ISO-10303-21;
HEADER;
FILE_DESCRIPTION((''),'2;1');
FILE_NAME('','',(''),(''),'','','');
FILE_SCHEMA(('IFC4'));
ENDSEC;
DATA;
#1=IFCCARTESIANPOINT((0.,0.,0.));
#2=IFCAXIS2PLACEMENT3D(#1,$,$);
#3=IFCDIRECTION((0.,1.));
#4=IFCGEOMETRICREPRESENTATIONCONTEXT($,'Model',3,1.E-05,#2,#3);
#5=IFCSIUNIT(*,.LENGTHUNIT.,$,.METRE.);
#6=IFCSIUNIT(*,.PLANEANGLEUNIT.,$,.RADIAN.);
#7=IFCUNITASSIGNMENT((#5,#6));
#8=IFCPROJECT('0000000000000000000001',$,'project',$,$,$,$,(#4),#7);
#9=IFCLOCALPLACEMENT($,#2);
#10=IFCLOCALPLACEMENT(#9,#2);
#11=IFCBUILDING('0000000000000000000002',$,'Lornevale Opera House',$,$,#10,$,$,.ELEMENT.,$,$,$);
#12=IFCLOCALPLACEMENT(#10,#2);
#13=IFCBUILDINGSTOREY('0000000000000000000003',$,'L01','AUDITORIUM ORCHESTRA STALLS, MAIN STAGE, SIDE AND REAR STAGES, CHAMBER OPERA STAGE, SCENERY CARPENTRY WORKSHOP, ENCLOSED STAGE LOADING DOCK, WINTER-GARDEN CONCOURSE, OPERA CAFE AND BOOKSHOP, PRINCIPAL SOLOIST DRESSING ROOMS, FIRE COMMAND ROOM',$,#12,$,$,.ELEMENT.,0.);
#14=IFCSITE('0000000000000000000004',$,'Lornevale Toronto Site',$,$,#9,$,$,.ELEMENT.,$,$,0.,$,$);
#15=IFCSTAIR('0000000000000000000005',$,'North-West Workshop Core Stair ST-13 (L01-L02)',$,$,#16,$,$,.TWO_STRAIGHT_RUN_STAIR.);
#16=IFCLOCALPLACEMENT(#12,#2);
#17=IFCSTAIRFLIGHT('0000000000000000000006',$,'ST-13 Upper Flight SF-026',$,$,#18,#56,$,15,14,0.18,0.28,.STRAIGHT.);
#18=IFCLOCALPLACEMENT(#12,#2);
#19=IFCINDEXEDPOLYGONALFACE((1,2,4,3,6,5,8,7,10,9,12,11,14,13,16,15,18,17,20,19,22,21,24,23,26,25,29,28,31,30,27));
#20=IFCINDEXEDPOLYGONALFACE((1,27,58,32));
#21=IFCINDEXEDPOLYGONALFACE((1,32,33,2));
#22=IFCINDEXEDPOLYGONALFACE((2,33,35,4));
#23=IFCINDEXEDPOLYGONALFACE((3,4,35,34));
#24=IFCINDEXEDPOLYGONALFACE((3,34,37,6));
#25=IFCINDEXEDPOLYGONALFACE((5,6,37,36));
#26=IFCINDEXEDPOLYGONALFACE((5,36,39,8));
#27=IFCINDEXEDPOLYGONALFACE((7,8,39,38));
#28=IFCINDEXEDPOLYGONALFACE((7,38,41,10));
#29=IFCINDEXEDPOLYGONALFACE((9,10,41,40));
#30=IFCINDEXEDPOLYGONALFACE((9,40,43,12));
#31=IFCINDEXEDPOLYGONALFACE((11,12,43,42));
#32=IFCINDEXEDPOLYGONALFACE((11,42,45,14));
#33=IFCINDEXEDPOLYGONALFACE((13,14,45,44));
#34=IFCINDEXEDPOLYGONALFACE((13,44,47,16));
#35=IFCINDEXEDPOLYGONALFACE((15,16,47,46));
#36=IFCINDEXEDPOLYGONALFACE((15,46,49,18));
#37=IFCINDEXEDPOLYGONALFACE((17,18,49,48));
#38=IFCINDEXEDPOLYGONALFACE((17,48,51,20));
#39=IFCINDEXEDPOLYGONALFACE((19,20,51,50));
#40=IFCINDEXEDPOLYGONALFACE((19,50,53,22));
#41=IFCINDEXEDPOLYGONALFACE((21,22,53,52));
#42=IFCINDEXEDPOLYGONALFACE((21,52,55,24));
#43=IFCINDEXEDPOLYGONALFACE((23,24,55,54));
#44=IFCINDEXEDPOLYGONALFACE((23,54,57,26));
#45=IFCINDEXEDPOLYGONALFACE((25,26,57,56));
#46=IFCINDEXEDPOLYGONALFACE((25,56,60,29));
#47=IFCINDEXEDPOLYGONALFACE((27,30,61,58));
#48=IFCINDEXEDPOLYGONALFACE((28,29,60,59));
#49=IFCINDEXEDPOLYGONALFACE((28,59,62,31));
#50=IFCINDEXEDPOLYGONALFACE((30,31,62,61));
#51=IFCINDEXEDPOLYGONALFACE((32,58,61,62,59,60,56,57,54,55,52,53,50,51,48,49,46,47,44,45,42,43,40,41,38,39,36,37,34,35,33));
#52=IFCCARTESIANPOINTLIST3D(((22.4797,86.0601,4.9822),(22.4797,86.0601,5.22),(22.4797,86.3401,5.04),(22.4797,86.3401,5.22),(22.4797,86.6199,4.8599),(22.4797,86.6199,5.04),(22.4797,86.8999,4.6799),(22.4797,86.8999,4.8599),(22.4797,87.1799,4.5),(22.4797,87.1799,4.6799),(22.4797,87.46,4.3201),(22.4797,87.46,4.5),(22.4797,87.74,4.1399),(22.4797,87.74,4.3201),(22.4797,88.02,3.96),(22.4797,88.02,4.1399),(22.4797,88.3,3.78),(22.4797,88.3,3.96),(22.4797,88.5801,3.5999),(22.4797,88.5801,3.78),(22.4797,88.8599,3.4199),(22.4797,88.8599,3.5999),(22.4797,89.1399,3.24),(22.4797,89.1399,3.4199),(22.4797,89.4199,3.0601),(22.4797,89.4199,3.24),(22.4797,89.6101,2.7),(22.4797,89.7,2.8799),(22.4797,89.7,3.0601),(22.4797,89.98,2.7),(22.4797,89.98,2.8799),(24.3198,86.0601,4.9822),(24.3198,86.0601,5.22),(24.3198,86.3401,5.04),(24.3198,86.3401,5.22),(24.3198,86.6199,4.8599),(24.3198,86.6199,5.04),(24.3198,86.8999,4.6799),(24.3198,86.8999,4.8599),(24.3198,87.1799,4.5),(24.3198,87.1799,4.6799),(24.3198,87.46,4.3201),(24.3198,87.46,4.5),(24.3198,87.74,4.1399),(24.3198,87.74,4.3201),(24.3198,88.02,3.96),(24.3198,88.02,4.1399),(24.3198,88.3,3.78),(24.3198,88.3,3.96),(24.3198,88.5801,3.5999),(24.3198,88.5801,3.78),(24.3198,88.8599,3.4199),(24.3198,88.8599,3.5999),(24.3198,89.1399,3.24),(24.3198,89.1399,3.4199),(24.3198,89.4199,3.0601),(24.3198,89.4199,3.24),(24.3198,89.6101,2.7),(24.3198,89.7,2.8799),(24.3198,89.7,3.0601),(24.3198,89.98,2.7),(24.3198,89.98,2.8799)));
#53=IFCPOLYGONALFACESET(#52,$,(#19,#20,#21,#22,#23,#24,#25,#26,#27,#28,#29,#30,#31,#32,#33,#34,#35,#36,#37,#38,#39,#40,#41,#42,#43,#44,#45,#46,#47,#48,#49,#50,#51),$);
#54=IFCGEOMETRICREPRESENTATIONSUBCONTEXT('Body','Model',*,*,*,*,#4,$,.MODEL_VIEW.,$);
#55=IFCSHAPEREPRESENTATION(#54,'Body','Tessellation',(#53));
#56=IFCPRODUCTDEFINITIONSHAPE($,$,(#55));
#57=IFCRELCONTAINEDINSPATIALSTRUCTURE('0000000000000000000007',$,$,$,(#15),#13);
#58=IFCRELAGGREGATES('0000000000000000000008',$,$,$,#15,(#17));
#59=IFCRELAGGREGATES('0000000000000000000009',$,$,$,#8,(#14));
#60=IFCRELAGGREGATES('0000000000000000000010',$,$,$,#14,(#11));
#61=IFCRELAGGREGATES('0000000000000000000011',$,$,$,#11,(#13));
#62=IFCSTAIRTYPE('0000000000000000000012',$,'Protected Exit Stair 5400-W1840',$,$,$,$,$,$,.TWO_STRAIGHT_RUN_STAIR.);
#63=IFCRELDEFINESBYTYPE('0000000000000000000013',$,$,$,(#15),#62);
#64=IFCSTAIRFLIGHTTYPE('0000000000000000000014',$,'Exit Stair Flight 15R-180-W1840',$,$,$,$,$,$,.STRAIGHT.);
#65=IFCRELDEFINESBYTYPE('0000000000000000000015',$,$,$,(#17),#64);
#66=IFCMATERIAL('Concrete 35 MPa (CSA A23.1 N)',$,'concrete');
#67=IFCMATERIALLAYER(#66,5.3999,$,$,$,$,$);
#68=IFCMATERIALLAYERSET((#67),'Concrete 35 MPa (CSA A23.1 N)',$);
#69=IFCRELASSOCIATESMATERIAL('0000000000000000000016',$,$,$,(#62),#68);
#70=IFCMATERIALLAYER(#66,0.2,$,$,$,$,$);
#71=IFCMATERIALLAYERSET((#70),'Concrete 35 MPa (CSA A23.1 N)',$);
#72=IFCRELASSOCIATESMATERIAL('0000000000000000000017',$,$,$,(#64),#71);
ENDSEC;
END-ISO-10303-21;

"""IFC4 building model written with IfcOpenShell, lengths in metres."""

from ifc_helpers import new_model, si_unit, direction, frame, origin, place, context, subcontext, project, spatial, polyline, outline, extrude, material, layer, layer_set, type_object, element, aggregate, save


model = new_model("IFC4")

# Units and contexts
model_context = context("Model", 3, precision=1e-05, world=origin(), true_north=direction((0.0, 1.0)))
body_context = subcontext(model_context, "Body", "Model", "MODEL_VIEW")
ifc_project = project(units=[si_unit("LENGTHUNIT", "METRE"), si_unit("PLANEANGLEUNIT", "RADIAN")], contexts=[model_context])

# Site, building, storey
site_placement = place(None, origin())
site = spatial("IfcSite", under=ifc_project, at=site_placement, Name="Lornevale Toronto Site", CompositionType="ELEMENT", RefElevation=0.0)
building_placement = place(site_placement, origin())
building = spatial("IfcBuilding", under=site, at=building_placement, Name="Lornevale Opera House", CompositionType="ELEMENT")
storey_placement = place(building_placement, origin())
storey = spatial("IfcBuildingStorey", under=building, at=storey_placement, Name="L01", Description="AUDITORIUM ORCHESTRA STALLS, MAIN STAGE, SIDE AND REAR STAGES, CHAMBER OPERA STAGE, SCENERY CARPENTRY WORKSHOP, ENCLOSED STAGE LOADING DOCK, WINTER-GARDEN CONCOURSE, OPERA CAFE AND BOOKSHOP, PRINCIPAL SOLOIST DRESSING ROOMS, FIRE COMMAND ROOM", CompositionType="ELEMENT", Elevation=0.0)

# Shared definitions
ifc_material_1 = material(Name="Concrete 35 MPa (CSA A23.1 N)", Category="concrete")

# Stair, stair flight
ifc_layer_1 = layer(ifc_material_1, 5.3999)
ifc_layer_set_1 = layer_set([ifc_layer_1], Name="Concrete 35 MPa (CSA A23.1 N)")
stair_type = type_object("IfcStairType", Name="Protected Exit Stair 5400-W1840", PredefinedType="TWO_STRAIGHT_RUN_STAIR", material=ifc_layer_set_1)
stair_placement = place(storey_placement, origin())
stair = element("IfcStair", 1, at=stair_placement, inside=storey, type_object=stair_type, Name="North-West Workshop Core Stair ST-13 (L01-L02)", PredefinedType="TWO_STRAIGHT_RUN_STAIR")
ifc_layer_2 = layer(ifc_material_1, 0.2)
ifc_layer_set_2 = layer_set([ifc_layer_2], Name="Concrete 35 MPa (CSA A23.1 N)")
stair_flight_type = type_object("IfcStairFlightType", Name="Exit Stair Flight 15R-180-W1840", PredefinedType="STRAIGHT", material=ifc_layer_set_2)
stair_flight_1_placement = place(storey_placement, frame((23.3999, 89.98, 2.7), z_axis=(0.0, 0.0, 1.0), x_axis=(0.0, -1.0, 0.0)))
stair_flight_1 = element("IfcStairFlight", 2, at=stair_flight_1_placement, type_object=stair_flight_type, Name="ST-13 Upper Flight SF-026", NumberOfRisers=15, NumberOfTreads=14, PredefinedType="STRAIGHT", RiserHeight=0.18, TreadLength=0.28, context=body_context, shape_type="SweptSolid", body=[
    extrude(outline(polyline([(0.0, 0.0), (0.0, 0.1799), (0.28, 0.1799), (0.28, 0.3601), (0.5601, 0.3601), (0.5601, 0.54), (0.8401, 0.54), (0.8401, 0.72), (1.1201, 0.72), (1.1201, 0.8999), (1.3999, 0.8999), (1.3999, 1.0801), (1.6799, 1.0801), (1.6799, 1.26), (1.96, 1.26), (1.96, 1.4399), (2.24, 1.4399), (2.24, 1.6201), (2.52, 1.6201), (2.52, 1.8), (2.8, 1.8), (2.8, 1.98), (3.0801, 1.98), (3.0801, 2.1599), (3.3601, 2.1599), (3.3601, 2.3401), (3.6399, 2.3401), (3.6399, 2.52), (3.9199, 2.52), (3.9199, 2.2822), (0.3699, 0.0), (0.0, 0.0)])), frame((0.0, 0.9199, 0.0), z_axis=(0.0, -1.0, 0.0), x_axis=(1.0, 0.0, 0.0)), (0.0, 0.0, 1.0), 1.8401),
])
aggregate(stair, [stair_flight_1])

save(model, "model.ifc")
